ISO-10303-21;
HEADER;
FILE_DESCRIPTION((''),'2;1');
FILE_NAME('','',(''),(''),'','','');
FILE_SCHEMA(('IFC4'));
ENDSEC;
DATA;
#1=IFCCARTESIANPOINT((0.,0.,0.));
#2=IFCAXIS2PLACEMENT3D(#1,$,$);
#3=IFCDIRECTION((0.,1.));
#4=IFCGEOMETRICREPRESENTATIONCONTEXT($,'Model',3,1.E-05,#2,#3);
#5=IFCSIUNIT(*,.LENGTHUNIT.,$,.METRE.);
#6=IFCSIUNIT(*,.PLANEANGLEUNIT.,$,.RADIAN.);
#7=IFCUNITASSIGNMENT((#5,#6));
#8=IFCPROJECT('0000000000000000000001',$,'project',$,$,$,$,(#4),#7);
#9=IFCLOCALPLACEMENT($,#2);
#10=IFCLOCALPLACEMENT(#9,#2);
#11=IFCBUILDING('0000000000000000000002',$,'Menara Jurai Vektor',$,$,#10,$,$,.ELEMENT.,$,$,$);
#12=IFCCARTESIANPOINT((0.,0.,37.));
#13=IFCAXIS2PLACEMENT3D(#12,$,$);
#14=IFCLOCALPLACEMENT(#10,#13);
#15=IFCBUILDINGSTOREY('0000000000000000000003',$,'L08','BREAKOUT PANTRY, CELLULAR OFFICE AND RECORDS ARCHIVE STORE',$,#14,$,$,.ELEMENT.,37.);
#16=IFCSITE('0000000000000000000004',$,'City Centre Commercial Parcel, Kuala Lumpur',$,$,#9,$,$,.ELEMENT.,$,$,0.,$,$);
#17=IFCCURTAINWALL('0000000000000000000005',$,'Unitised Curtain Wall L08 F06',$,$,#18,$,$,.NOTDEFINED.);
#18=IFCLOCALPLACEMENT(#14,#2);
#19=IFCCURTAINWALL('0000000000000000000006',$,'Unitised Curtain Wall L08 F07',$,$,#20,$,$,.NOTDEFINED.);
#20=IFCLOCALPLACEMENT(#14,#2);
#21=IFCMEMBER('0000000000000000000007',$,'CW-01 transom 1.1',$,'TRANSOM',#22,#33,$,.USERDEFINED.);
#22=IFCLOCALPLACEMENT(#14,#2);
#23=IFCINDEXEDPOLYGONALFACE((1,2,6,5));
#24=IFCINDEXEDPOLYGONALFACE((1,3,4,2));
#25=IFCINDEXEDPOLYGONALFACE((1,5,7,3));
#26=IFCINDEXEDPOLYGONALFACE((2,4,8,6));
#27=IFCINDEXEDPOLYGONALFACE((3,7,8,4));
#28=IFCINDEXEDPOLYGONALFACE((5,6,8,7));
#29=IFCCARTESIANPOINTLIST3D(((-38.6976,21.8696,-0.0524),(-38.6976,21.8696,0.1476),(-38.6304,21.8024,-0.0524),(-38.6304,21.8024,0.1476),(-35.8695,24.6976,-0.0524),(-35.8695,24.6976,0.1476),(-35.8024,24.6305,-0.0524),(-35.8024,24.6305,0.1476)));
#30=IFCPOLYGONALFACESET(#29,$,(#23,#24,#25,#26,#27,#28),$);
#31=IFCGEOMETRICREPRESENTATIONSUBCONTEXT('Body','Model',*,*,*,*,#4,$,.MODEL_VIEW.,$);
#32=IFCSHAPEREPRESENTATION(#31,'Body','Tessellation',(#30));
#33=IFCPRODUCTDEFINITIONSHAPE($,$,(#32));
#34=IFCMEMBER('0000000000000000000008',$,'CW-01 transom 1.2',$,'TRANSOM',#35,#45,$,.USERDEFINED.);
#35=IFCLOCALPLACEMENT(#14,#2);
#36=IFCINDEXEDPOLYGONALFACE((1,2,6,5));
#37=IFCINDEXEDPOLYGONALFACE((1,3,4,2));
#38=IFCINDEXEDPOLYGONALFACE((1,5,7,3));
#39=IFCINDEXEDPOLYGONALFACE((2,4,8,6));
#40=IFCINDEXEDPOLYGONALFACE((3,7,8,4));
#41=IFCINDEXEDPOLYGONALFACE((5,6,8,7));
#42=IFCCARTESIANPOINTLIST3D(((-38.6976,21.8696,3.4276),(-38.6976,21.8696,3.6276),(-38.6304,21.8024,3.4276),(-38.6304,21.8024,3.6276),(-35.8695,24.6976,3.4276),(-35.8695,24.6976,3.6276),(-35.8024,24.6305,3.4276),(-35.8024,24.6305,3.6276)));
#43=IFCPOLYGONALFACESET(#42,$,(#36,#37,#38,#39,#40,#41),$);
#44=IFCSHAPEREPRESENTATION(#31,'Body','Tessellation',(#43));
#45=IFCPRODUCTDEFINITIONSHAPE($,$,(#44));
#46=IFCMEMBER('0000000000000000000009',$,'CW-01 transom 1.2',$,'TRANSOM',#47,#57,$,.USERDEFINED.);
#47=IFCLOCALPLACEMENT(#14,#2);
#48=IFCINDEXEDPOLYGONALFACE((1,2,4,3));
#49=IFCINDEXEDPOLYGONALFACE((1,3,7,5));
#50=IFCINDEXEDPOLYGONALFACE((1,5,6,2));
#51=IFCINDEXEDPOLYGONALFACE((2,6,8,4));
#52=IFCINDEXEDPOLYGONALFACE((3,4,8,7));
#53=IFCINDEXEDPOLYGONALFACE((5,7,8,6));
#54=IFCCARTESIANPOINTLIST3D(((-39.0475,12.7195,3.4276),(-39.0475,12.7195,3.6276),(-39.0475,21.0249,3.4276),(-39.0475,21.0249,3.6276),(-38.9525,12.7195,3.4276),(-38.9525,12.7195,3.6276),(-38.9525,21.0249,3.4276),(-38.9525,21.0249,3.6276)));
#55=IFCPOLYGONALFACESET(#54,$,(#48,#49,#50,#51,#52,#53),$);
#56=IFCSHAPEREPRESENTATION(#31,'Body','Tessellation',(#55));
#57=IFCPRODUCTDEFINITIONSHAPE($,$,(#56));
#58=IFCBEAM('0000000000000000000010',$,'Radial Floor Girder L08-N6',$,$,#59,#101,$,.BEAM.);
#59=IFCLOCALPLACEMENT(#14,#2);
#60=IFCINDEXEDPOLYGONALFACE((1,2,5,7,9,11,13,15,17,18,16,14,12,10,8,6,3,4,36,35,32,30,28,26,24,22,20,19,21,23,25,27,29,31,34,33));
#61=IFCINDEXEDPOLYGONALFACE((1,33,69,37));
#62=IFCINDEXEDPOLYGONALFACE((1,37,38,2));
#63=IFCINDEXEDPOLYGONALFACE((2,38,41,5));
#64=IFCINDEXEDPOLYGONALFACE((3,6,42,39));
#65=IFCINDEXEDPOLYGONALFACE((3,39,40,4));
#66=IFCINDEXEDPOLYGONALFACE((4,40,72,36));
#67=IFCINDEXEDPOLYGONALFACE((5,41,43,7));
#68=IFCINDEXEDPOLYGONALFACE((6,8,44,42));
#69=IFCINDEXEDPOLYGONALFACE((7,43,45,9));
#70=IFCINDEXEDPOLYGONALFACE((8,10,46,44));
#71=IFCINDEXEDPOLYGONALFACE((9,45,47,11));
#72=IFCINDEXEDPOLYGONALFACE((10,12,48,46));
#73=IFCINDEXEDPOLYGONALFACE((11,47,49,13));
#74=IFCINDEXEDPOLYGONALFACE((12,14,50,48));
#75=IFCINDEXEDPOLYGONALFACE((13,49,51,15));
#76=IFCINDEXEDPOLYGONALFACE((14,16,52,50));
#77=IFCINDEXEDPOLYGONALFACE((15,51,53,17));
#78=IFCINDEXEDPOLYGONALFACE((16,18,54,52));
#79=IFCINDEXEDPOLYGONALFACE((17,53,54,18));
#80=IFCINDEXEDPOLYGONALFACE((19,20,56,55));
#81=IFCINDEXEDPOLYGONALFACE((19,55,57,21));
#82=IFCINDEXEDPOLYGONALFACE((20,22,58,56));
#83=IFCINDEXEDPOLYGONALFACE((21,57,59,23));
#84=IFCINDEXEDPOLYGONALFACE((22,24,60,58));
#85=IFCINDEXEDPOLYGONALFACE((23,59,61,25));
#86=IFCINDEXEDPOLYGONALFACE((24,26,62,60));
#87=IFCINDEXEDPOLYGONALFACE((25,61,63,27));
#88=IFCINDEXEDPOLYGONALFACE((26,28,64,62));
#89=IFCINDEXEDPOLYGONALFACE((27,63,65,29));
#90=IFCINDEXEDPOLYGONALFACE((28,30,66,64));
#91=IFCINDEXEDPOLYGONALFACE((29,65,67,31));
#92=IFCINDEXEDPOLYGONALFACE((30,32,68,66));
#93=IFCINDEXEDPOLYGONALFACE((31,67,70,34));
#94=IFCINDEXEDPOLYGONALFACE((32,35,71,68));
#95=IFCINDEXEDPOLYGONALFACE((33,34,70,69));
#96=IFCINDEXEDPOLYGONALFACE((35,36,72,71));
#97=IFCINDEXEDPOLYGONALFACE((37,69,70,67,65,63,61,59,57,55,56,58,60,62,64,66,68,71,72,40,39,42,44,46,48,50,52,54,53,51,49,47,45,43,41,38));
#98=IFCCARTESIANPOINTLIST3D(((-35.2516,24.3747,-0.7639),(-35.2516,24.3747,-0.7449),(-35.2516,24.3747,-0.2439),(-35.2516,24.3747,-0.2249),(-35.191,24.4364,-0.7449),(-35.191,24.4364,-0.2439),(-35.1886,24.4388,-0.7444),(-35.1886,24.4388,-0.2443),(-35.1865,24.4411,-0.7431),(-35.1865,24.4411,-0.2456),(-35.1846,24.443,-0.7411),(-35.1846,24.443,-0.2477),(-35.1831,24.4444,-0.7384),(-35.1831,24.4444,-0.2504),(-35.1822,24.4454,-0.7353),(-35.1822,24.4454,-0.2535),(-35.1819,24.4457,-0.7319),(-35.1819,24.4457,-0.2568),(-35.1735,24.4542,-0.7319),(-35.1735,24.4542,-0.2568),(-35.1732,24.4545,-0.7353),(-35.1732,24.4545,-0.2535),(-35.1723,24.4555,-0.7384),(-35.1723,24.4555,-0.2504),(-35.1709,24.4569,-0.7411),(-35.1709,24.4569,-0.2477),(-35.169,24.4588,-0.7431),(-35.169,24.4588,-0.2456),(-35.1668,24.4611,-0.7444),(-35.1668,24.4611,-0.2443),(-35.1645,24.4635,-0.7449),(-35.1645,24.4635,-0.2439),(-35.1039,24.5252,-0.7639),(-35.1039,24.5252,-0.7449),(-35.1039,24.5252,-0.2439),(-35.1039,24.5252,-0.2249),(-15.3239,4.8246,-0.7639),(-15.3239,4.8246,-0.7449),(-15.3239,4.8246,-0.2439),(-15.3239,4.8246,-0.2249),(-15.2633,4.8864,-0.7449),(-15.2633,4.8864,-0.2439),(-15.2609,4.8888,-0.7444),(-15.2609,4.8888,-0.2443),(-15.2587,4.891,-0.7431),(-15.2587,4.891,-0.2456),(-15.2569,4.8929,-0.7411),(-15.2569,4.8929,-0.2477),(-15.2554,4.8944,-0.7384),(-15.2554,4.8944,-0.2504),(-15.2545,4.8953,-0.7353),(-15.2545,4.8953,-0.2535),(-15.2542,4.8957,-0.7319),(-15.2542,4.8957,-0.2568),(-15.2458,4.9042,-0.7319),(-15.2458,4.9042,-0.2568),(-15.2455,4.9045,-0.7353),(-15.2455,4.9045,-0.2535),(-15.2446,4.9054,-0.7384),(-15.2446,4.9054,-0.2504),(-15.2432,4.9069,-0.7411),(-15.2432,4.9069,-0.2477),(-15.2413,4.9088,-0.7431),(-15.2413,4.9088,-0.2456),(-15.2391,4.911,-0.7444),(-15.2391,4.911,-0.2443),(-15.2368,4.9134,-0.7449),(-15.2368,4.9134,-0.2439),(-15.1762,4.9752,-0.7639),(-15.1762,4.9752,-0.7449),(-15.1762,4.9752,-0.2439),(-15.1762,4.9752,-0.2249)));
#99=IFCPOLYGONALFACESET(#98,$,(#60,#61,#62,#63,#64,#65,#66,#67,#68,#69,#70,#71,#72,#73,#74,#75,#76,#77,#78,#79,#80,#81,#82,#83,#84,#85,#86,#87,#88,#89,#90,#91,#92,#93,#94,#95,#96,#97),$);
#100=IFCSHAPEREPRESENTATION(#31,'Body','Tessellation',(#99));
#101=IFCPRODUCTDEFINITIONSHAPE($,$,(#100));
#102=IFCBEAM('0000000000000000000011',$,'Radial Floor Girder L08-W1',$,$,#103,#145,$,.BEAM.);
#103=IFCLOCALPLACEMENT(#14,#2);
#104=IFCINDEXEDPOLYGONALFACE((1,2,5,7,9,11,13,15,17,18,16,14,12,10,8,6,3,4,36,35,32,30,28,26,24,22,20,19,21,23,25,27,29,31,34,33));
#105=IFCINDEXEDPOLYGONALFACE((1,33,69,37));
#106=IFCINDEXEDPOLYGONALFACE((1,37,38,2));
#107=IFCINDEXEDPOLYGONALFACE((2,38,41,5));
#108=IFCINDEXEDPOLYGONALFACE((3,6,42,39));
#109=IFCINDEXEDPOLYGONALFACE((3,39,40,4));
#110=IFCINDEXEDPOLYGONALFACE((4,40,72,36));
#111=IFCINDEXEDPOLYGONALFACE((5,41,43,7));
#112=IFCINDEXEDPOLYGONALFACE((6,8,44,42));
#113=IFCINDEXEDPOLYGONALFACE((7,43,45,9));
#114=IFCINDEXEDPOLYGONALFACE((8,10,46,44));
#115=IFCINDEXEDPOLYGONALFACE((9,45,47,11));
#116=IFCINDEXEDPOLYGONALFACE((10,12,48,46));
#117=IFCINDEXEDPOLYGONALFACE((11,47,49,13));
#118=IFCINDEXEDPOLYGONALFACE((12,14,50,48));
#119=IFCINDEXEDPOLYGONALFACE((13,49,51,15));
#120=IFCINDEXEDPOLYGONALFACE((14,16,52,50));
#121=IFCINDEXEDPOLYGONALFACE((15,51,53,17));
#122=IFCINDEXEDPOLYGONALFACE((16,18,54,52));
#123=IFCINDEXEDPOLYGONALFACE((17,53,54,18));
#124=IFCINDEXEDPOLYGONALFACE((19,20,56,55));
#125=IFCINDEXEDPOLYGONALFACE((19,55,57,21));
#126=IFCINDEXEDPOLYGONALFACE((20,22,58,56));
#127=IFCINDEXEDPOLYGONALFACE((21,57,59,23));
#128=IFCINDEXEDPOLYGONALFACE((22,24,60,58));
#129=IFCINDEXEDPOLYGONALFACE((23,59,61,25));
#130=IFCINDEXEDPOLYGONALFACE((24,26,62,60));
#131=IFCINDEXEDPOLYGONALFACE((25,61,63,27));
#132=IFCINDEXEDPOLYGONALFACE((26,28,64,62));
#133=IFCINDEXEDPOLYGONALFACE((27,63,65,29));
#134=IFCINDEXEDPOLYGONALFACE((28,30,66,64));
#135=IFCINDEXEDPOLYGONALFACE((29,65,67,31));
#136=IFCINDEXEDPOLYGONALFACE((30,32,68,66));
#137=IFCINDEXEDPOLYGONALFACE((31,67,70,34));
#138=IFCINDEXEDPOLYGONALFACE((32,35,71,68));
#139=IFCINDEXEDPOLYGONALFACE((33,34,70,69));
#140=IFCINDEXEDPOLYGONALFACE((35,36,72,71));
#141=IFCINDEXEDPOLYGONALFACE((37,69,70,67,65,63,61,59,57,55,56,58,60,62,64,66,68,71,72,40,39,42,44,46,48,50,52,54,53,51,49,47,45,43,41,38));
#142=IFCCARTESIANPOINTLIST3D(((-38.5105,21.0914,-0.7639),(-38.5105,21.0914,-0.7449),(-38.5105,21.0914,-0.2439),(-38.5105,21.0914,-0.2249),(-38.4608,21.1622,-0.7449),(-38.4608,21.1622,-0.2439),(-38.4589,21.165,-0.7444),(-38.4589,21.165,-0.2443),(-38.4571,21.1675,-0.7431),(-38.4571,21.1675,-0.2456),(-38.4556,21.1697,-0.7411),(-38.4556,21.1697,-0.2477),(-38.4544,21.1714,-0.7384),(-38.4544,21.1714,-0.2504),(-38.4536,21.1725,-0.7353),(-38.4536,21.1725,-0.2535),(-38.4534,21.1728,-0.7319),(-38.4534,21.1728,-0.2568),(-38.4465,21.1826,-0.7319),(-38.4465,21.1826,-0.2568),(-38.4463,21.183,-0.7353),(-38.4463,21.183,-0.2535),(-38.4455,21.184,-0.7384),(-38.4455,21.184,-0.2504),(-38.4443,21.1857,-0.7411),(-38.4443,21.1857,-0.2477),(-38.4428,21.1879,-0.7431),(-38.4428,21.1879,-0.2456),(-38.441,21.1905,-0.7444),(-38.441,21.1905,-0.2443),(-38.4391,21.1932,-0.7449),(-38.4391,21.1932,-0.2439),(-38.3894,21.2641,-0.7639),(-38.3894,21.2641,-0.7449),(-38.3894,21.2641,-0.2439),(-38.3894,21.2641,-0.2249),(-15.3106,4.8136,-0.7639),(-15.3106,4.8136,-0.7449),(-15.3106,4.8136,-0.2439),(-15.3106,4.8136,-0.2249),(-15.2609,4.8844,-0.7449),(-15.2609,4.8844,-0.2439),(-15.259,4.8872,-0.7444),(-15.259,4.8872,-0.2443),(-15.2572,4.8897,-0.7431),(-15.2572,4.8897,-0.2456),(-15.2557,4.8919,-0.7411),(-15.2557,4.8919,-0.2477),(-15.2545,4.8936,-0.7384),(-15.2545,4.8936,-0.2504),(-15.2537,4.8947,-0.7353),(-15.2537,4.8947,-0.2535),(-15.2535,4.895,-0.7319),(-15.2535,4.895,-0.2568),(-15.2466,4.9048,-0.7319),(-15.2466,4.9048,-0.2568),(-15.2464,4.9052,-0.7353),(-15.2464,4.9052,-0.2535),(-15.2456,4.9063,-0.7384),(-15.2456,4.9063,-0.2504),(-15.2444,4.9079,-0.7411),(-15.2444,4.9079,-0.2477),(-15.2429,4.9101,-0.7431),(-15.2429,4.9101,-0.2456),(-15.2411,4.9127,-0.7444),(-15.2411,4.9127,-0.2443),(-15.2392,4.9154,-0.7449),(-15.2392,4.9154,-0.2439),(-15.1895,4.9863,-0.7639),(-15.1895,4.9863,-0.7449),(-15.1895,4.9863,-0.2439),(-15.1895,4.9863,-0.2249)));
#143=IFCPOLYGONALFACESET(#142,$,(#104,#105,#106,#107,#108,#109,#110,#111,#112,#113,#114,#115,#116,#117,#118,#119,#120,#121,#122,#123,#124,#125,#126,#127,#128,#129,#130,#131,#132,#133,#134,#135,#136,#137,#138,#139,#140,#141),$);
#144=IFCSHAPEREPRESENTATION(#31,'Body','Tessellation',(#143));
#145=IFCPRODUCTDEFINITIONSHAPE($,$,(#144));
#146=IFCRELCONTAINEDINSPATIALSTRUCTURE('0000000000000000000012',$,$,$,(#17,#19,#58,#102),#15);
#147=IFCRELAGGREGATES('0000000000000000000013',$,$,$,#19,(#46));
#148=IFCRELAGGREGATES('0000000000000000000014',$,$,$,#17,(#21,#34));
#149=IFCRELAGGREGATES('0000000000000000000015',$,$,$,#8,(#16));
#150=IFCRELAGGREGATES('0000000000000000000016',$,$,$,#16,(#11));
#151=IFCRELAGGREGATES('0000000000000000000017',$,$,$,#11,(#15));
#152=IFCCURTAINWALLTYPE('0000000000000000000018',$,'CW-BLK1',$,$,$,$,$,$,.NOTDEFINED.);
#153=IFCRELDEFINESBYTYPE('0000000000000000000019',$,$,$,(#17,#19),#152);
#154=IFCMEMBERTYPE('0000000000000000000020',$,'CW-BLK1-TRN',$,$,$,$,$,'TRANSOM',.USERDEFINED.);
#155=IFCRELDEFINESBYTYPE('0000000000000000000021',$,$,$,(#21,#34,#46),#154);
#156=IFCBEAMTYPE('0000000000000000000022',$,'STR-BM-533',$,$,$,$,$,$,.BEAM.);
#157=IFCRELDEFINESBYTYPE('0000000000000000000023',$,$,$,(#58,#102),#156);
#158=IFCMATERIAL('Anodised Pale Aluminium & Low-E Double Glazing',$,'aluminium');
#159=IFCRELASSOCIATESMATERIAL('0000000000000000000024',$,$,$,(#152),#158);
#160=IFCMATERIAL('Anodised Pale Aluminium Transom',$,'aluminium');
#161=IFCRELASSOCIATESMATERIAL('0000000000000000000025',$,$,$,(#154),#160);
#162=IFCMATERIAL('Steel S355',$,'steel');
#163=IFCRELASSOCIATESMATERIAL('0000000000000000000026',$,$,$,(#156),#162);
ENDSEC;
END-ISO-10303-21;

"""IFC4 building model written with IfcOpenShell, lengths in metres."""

from ifc_helpers import new_model, si_unit, direction, frame, origin, origin_2d, place, context, subcontext, project, spatial, rectangle, i_section, extrude, material, material_profile, profile_set, type_object, element, aggregate, save


model = new_model("IFC4")

# Units and contexts
model_context = context("Model", 3, precision=1e-05, world=origin(), true_north=direction((0.0, 1.0)))
body_context = subcontext(model_context, "Body", "Model", "MODEL_VIEW")
ifc_project = project(units=[si_unit("LENGTHUNIT", "METRE"), si_unit("PLANEANGLEUNIT", "RADIAN")], contexts=[model_context])

# Site, building, storey
site_placement = place(None, origin())
site = spatial("IfcSite", under=ifc_project, at=site_placement, Name="City Centre Commercial Parcel, Kuala Lumpur", CompositionType="ELEMENT", RefElevation=0.0)
building_placement = place(site_placement, origin())
building = spatial("IfcBuilding", under=site, at=building_placement, Name="Menara Jurai Vektor", CompositionType="ELEMENT")
storey_placement = place(building_placement, frame((0.0, 0.0, 37.0)))
storey = spatial("IfcBuildingStorey", under=building, at=storey_placement, Name="L08", Description="BREAKOUT PANTRY, CELLULAR OFFICE AND RECORDS ARCHIVE STORE", CompositionType="ELEMENT", Elevation=37.0)

# Curtain wall
ifc_material_1 = material(Name="Anodised Pale Aluminium & Low-E Double Glazing", Category="aluminium")
curtain_wall_type = type_object("IfcCurtainWallType", Name="CW-BLK1", PredefinedType="NOTDEFINED", material=ifc_material_1)
curtain_wall_1_placement = place(storey_placement, origin())
curtain_wall_1 = element("IfcCurtainWall", 1, at=curtain_wall_1_placement, inside=storey, type_object=curtain_wall_type, Name="Unitised Curtain Wall L08 F06", PredefinedType="NOTDEFINED")

# Curtain wall
curtain_wall_2_placement = place(storey_placement, origin())
curtain_wall_2 = element("IfcCurtainWall", 2, at=curtain_wall_2_placement, inside=storey, type_object=curtain_wall_type, Name="Unitised Curtain Wall L08 F07", PredefinedType="NOTDEFINED")

# Members
ifc_material_2 = material(Name="Anodised Pale Aluminium Transom", Category="aluminium")
ifc_material_profile_1 = material_profile(ifc_material_2, rectangle(XDim=0.095, YDim=0.2, at=origin_2d()), Name="ALU TRN 95x200")
ifc_profile_set_1 = profile_set([ifc_material_profile_1], Name="Anodised Pale Aluminium Transom")
member_type_1 = type_object("IfcMemberType", Name="CW-BLK1-TRN", ElementType="TRANSOM", PredefinedType="USERDEFINED", material=ifc_profile_set_1)
member_1_placement = place(storey_placement, frame((-35.8359, 24.6641, 0.0476), z_axis=(-0.707107, -0.707107, 0.0), x_axis=(0.707107, -0.707107, 0.0)))
member_1 = element("IfcMember", 3, at=member_1_placement, type_object=member_type_1, Name="CW-01 transom 1.1", ObjectType="TRANSOM", PredefinedType="USERDEFINED", context=body_context, shape_type="SweptSolid", body=[
    extrude(rectangle(XDim=0.095, YDim=0.2, at=origin_2d()), origin(), (0.0, 0.0, 1.0), 3.9995),
])
member_2_placement = place(storey_placement, frame((-35.8359, 24.6641, 3.5276), z_axis=(-0.707107, -0.707107, 0.0), x_axis=(0.707107, -0.707107, 0.0)))
member_2 = element("IfcMember", 4, at=member_2_placement, type_object=member_type_1, Name="CW-01 transom 1.2", ObjectType="TRANSOM", PredefinedType="USERDEFINED", context=body_context, shape_type="SweptSolid", body=[
    extrude(rectangle(XDim=0.095, YDim=0.2, at=origin_2d()), origin(), (0.0, 0.0, 1.0), 3.9995),
])
member_3_placement = place(storey_placement, frame((-39.0, 21.0249, 3.5276), z_axis=(0.0, -1.0, 0.0), x_axis=(1.0, 0.0, 0.0)))
member_3 = element("IfcMember", 5, at=member_3_placement, type_object=member_type_1, Name="CW-01 transom 1.2", ObjectType="TRANSOM", PredefinedType="USERDEFINED", context=body_context, shape_type="SweptSolid", body=[
    extrude(rectangle(XDim=0.095, YDim=0.2, at=origin_2d()), origin(), (0.0, 0.0, 1.0), 8.3054),
])
aggregate(curtain_wall_2, [member_3])

# Beams
ifc_material_3 = material(Name="Steel S355", Category="steel")
ifc_material_profile_2 = material_profile(ifc_material_3, i_section(OverallWidth=0.2109, OverallDepth=0.5391, WebThickness=0.012, FlangeThickness=0.019, FilletRadius=0.0129, at=origin_2d()), Name="UKB 533x210x109")
ifc_profile_set_2 = profile_set([ifc_material_profile_2], Name="Steel S355")
beam_type_1 = type_object("IfcBeamType", Name="STR-BM-533", PredefinedType="BEAM", material=ifc_profile_set_2)
beam_1_placement = place(storey_placement, frame((-35.1777, 24.45, -0.4944), z_axis=(0.713839, -0.70031, 0.0), x_axis=(0.70031, 0.713839, 0.0)))
element("IfcBeam", 6, at=beam_1_placement, inside=storey, type_object=beam_type_1, Name="Radial Floor Girder L08-N6", PredefinedType="BEAM", context=body_context, shape_type="SweptSolid", body=[
    extrude(i_section(OverallWidth=0.2109, OverallDepth=0.5391, WebThickness=0.012, FlangeThickness=0.019, FilletRadius=0.0129, at=origin_2d()), origin(), (0.0, 0.0, 1.0), 27.9163),
])
beam_2_placement = place(storey_placement, frame((-38.45, 21.1777, -0.4944), z_axis=(0.818604, -0.574359, 0.0), x_axis=(0.574359, 0.818604, 0.0)))
element("IfcBeam", 7, at=beam_2_placement, inside=storey, type_object=beam_type_1, Name="Radial Floor Girder L08-W1", PredefinedType="BEAM", context=body_context, shape_type="SweptSolid", body=[
    extrude(i_section(OverallWidth=0.2109, OverallDepth=0.5391, WebThickness=0.012, FlangeThickness=0.019, FilletRadius=0.0129, at=origin_2d()), origin(), (0.0, 0.0, 1.0), 28.3408),
])

aggregate(curtain_wall_1, [member_1, member_2])

save(model, "model.ifc")
